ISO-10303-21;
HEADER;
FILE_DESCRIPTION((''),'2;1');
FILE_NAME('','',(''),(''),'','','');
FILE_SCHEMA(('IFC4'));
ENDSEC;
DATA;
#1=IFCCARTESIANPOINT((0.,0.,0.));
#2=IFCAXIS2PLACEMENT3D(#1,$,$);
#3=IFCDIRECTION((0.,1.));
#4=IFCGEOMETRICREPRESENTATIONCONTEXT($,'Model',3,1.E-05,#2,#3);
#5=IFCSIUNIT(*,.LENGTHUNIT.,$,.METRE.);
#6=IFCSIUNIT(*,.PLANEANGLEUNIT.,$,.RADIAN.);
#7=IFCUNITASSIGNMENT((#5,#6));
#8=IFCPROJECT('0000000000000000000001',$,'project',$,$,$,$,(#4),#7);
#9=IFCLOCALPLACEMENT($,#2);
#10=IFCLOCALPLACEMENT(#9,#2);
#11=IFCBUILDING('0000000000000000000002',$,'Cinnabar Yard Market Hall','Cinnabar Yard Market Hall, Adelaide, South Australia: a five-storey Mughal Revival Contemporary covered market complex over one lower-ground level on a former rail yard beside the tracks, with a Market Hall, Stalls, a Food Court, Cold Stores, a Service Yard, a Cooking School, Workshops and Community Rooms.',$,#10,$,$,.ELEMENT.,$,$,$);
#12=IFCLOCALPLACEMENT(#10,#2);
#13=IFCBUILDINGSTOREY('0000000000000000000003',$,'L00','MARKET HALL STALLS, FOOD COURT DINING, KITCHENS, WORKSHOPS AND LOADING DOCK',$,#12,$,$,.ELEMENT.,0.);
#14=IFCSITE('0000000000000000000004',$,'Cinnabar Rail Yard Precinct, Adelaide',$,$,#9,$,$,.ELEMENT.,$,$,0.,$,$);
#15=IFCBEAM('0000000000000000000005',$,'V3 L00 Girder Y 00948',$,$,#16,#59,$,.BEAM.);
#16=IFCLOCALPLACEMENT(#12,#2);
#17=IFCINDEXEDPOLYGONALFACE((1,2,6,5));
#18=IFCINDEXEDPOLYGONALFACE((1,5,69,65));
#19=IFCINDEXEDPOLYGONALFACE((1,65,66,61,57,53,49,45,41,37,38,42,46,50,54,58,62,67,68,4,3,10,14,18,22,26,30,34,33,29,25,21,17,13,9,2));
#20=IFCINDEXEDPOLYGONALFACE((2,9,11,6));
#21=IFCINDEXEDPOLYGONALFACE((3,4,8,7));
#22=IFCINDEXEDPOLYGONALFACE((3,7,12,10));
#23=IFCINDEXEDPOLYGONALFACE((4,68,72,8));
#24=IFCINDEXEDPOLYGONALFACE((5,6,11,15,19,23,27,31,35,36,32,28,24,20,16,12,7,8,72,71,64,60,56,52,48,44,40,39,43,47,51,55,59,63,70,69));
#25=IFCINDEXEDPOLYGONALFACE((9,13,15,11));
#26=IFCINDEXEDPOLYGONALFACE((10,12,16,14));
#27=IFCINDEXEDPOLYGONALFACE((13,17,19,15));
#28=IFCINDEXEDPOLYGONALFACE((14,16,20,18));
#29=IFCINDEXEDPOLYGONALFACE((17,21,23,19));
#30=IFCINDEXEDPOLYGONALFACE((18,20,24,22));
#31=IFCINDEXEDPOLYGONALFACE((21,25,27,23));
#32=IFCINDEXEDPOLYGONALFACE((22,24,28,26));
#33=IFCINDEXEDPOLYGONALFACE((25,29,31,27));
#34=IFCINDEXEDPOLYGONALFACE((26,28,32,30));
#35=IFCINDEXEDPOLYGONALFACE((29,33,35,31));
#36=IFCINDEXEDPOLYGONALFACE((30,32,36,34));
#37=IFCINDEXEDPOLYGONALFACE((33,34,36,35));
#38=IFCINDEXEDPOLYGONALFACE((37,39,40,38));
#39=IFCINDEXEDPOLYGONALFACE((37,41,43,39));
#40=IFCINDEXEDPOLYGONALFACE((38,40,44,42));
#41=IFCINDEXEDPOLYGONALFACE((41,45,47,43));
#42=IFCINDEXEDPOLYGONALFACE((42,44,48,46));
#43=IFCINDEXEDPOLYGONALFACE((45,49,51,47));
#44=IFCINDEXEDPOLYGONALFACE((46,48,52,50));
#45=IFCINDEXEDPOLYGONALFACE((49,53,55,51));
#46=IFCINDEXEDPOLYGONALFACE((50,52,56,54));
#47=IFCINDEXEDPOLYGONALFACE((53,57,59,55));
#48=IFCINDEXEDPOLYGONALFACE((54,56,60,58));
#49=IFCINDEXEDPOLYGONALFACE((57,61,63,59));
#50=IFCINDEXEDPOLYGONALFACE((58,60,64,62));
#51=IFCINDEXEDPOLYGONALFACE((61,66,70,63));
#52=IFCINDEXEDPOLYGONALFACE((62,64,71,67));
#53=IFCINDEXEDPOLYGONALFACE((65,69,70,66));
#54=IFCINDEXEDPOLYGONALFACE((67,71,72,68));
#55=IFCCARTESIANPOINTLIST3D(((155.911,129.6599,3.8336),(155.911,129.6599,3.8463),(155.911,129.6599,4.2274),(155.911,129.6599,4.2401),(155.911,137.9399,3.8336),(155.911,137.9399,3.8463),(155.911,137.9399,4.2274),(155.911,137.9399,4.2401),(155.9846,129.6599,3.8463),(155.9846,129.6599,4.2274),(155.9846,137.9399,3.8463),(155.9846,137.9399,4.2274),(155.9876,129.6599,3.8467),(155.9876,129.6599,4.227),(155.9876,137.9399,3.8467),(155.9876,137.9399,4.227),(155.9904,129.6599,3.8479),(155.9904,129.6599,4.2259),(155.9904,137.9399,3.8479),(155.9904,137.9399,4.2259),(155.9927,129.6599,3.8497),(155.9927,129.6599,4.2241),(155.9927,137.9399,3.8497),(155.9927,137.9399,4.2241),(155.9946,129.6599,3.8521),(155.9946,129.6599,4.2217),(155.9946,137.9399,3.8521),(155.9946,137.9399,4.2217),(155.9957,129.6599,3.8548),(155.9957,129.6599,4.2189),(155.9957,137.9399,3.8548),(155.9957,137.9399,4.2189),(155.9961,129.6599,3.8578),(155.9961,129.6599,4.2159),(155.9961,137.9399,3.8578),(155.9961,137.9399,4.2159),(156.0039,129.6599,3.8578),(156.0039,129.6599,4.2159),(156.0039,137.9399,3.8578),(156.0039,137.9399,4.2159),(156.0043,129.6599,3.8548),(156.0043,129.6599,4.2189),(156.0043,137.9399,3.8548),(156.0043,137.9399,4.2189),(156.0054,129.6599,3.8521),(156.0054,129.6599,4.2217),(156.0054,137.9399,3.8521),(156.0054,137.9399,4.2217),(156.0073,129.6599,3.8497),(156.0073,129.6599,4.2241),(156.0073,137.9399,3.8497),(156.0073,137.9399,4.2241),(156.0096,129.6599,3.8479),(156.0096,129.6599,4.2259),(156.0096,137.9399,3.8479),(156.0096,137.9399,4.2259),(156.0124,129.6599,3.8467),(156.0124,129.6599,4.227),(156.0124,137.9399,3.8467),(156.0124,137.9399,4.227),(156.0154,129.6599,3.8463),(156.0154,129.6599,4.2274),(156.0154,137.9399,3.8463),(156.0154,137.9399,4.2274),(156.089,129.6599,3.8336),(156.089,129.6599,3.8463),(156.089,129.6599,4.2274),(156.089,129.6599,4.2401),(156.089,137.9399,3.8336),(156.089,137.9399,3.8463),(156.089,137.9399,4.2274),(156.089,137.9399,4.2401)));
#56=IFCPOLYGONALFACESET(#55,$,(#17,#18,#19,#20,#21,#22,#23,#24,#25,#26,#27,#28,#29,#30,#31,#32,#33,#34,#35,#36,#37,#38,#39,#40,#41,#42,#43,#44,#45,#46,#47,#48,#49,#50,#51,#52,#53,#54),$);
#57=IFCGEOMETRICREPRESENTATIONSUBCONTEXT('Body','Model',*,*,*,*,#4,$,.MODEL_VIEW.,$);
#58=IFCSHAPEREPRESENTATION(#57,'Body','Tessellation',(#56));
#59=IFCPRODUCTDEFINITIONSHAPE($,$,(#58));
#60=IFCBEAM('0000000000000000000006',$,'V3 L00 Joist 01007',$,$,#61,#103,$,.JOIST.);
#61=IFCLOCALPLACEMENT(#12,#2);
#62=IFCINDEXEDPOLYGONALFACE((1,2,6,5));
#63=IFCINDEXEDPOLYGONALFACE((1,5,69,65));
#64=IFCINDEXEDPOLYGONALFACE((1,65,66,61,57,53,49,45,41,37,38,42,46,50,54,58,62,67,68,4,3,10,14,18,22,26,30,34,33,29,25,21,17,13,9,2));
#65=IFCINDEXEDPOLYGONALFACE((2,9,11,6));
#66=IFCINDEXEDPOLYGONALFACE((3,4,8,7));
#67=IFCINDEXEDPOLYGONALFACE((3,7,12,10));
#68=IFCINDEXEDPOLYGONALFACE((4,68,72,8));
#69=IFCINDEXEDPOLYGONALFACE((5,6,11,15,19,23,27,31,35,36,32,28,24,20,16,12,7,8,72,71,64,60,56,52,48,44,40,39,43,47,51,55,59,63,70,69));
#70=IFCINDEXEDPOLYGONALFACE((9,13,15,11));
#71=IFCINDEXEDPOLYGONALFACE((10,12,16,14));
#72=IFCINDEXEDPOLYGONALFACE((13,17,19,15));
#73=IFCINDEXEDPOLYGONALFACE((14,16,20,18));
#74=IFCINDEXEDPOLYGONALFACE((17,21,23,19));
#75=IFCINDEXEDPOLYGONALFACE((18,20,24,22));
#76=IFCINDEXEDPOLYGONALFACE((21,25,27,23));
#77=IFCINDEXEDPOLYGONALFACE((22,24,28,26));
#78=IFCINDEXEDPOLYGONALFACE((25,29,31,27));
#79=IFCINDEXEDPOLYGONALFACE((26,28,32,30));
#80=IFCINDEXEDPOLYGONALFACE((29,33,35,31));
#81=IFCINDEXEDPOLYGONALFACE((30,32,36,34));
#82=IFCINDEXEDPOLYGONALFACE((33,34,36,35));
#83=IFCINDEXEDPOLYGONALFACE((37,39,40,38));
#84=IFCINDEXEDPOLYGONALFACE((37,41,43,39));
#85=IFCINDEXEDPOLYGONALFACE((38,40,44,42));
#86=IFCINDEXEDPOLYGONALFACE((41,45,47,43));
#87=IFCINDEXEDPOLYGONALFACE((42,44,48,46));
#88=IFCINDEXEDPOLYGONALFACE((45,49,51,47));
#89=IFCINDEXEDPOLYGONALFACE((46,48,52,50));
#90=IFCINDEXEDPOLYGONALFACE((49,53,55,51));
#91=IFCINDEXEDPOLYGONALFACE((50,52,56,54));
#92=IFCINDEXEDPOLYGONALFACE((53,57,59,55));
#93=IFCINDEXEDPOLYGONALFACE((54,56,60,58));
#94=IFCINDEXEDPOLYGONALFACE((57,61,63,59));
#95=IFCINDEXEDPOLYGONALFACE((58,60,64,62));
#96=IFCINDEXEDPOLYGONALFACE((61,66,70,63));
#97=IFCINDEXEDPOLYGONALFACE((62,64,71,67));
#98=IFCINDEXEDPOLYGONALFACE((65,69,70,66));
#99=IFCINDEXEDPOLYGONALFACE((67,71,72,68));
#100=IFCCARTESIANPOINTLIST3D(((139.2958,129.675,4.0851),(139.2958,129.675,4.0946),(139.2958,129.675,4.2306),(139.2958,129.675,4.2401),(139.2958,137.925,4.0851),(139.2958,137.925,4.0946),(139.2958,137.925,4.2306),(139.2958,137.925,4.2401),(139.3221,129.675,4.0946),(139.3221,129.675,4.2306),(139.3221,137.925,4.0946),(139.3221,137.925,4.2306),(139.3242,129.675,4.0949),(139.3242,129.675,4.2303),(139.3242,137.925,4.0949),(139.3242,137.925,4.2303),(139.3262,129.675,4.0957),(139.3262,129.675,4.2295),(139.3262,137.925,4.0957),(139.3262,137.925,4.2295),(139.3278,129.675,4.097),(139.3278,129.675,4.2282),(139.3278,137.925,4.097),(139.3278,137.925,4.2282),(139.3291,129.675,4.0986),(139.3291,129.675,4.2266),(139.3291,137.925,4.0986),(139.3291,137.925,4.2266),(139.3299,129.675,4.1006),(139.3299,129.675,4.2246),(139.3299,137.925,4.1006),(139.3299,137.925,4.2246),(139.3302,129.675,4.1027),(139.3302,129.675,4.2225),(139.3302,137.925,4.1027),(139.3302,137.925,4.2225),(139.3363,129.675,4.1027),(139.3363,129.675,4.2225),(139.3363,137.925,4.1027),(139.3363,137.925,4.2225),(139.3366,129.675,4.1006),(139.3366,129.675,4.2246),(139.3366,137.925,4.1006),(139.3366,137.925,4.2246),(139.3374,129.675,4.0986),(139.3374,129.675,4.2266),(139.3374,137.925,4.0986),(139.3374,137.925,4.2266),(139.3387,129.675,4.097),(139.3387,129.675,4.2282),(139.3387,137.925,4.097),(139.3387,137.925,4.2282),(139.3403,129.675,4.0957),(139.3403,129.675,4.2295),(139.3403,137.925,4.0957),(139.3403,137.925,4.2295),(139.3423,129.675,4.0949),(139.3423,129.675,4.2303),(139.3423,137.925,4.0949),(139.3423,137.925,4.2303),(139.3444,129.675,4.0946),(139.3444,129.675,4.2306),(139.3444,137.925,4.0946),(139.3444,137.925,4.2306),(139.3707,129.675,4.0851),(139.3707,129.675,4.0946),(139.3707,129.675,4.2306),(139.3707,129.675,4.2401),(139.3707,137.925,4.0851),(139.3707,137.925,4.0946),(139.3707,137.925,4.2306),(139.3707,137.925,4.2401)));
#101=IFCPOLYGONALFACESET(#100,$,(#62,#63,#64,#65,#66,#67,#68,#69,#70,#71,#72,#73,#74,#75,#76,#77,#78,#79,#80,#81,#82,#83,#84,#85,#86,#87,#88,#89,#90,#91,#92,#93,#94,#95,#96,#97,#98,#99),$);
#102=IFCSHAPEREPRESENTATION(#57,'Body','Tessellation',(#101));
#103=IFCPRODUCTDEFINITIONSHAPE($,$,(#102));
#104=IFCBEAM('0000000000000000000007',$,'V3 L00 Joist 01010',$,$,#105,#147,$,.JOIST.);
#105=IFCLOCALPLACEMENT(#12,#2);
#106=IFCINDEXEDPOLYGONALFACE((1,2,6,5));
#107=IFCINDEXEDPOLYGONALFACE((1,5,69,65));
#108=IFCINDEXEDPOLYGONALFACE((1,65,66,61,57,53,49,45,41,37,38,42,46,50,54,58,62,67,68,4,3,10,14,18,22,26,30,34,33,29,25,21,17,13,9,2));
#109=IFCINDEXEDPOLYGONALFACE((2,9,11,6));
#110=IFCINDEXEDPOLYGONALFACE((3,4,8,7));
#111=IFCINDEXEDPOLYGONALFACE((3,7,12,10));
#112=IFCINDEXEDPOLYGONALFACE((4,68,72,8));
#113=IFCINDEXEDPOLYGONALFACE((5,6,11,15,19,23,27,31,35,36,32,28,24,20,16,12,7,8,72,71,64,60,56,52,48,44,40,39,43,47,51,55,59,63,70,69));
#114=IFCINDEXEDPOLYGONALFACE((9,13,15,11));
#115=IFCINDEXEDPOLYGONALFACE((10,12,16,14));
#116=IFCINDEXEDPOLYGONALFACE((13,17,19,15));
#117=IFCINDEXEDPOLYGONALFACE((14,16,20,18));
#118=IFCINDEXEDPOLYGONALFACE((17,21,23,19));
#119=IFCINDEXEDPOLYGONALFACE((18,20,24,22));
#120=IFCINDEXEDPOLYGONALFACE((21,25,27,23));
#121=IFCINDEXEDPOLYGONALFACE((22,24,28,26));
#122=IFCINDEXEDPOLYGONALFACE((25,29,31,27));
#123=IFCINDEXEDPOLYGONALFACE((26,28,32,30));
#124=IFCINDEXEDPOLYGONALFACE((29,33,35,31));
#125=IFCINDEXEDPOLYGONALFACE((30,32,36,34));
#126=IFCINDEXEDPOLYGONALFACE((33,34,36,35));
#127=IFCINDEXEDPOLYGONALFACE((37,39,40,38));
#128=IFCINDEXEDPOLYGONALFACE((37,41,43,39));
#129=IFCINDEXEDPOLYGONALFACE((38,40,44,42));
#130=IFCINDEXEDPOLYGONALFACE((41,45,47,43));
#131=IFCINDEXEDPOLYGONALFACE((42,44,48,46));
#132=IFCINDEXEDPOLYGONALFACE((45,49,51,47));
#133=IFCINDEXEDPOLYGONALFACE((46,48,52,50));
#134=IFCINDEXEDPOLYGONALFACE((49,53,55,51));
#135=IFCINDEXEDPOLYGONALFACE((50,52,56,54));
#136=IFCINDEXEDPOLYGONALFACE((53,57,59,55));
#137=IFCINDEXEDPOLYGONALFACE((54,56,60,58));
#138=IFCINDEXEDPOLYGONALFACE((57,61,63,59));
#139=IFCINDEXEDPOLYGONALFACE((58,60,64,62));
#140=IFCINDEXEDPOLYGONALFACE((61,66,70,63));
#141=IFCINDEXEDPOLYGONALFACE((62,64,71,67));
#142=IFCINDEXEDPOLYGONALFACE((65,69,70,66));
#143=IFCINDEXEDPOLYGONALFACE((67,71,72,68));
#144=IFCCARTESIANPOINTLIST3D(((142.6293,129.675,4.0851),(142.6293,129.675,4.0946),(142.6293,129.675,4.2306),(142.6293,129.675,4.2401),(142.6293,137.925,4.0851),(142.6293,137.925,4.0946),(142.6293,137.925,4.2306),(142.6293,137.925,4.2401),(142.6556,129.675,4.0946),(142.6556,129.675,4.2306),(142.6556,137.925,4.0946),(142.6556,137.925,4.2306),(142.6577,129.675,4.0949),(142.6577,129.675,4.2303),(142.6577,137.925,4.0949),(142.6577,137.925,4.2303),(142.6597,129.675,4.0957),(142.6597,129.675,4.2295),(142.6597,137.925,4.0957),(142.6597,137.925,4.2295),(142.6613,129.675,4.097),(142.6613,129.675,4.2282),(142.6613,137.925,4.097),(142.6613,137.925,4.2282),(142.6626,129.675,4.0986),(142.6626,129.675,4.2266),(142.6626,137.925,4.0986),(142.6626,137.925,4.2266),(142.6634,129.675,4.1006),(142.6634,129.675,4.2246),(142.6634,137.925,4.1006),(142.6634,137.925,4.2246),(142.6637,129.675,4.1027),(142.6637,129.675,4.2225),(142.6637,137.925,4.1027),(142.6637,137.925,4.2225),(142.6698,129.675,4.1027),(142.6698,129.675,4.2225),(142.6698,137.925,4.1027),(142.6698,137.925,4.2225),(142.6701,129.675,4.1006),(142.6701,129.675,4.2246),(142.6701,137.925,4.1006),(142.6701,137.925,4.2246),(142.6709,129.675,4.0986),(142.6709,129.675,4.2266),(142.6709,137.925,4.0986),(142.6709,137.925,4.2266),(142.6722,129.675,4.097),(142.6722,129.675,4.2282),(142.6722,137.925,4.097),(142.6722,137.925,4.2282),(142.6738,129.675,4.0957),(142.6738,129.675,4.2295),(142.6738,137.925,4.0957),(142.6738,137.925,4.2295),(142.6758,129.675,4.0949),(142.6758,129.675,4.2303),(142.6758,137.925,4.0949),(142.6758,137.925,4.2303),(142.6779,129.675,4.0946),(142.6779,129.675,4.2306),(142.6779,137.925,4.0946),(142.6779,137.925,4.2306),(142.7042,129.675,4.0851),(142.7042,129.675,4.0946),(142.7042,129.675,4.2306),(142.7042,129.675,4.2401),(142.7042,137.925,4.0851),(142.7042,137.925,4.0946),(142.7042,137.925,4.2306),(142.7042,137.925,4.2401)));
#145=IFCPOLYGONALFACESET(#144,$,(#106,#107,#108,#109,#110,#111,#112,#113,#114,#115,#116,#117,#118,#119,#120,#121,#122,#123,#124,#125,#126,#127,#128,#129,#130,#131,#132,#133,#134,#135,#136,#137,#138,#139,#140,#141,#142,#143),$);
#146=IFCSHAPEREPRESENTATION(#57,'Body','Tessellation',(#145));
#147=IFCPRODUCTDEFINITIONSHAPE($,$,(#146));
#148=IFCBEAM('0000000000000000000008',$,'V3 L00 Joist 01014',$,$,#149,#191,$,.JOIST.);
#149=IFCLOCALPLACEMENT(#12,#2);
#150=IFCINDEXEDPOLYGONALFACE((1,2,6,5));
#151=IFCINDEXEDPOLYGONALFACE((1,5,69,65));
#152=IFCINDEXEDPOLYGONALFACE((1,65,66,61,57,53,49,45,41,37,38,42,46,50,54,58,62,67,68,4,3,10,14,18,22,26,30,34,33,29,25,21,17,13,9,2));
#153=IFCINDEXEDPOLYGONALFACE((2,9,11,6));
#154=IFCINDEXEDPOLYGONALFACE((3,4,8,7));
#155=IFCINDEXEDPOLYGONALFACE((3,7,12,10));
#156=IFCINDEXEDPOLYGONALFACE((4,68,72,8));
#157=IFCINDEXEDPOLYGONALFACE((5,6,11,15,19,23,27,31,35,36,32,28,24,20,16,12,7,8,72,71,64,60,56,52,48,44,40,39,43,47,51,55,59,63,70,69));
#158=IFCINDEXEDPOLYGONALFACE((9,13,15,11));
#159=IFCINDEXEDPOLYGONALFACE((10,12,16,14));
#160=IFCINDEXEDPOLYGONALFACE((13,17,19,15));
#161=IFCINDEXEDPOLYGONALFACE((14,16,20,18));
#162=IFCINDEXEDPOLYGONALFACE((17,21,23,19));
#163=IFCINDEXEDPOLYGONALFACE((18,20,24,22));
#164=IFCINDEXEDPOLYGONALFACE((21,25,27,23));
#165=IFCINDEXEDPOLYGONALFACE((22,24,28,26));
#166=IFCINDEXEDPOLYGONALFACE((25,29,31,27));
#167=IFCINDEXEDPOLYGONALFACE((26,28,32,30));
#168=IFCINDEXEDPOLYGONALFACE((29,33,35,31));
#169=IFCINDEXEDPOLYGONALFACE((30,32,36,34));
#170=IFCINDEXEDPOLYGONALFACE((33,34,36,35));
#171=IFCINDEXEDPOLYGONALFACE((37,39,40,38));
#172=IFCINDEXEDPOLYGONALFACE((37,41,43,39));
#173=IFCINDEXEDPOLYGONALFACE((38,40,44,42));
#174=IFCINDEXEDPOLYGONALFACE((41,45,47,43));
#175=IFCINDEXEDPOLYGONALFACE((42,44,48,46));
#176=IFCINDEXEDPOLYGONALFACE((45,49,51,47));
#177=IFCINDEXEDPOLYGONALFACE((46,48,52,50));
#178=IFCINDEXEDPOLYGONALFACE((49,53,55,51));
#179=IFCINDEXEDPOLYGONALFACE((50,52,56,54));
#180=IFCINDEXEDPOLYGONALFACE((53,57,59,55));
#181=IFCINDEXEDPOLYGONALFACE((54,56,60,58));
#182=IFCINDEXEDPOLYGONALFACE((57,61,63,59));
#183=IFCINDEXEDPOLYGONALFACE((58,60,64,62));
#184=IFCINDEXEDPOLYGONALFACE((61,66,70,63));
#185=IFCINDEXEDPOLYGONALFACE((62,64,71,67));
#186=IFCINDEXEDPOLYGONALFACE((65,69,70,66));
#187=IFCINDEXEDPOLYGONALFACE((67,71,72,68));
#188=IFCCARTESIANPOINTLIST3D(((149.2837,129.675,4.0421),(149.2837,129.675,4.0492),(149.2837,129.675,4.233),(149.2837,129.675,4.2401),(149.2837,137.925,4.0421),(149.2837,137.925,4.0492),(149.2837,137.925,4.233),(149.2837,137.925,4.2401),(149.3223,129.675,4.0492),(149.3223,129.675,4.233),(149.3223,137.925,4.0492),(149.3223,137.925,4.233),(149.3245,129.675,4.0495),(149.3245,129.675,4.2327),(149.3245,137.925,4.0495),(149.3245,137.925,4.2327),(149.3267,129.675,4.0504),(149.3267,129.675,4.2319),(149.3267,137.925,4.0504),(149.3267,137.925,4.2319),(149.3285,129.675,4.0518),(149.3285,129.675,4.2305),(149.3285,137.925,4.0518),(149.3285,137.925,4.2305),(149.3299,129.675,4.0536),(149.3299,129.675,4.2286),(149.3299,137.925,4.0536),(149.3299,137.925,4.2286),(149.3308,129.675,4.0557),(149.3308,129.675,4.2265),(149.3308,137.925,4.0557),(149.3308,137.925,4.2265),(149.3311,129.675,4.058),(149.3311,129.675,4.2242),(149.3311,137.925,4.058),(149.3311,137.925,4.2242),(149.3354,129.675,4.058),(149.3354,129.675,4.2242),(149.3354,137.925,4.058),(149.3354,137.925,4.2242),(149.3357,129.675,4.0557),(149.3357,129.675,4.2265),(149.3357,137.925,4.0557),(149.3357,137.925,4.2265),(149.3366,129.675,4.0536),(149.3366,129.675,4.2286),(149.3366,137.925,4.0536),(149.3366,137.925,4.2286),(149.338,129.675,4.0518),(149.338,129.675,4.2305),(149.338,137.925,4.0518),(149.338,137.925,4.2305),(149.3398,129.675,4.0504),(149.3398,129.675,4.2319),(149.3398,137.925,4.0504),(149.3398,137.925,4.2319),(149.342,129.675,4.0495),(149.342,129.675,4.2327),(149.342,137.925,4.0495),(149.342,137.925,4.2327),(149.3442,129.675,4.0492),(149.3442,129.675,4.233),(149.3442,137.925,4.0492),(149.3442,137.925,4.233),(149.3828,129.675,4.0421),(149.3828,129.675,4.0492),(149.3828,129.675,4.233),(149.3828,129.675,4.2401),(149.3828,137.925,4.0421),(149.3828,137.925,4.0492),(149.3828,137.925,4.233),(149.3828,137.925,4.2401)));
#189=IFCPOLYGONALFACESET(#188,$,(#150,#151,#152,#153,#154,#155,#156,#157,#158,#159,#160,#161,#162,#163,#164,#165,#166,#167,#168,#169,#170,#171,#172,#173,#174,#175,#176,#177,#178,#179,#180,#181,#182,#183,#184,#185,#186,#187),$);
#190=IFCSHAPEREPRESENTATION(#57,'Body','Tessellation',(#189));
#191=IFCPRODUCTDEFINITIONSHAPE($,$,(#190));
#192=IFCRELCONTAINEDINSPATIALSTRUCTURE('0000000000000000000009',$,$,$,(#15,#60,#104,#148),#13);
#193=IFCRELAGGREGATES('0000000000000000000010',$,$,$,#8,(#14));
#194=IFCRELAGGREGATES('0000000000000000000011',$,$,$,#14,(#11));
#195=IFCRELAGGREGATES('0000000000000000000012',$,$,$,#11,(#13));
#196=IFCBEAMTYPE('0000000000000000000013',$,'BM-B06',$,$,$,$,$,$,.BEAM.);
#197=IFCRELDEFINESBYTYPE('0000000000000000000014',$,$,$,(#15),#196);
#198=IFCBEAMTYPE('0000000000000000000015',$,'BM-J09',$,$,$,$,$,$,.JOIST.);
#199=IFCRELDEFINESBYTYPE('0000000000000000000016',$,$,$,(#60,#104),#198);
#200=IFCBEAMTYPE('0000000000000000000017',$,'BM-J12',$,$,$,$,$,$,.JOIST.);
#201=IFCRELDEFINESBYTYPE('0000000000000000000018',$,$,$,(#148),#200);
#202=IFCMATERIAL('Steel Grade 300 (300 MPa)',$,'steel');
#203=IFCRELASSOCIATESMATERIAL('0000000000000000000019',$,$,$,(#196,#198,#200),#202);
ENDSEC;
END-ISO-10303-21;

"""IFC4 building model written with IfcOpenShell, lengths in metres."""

from ifc_helpers import new_model, si_unit, direction, frame, origin, origin_2d_with_axis, place, context, subcontext, project, spatial, i_section, extrude, material, material_profile, profile_set, type_object, element, save


model = new_model("IFC4")

# Units and contexts
model_context = context("Model", 3, precision=1e-05, world=origin(), true_north=direction((0.0, 1.0)))
body_context = subcontext(model_context, "Body", "Model", "MODEL_VIEW")
ifc_project = project(units=[si_unit("LENGTHUNIT", "METRE"), si_unit("PLANEANGLEUNIT", "RADIAN")], contexts=[model_context])

# Site, building, storey
site_placement = place(None, origin())
site = spatial("IfcSite", under=ifc_project, at=site_placement, Name="Cinnabar Rail Yard Precinct, Adelaide", CompositionType="ELEMENT", RefElevation=0.0)
building_placement = place(site_placement, origin())
building = spatial("IfcBuilding", under=site, at=building_placement, Name="Cinnabar Yard Market Hall", Description="Cinnabar Yard Market Hall, Adelaide, South Australia: a five-storey Mughal Revival Contemporary covered market complex over one lower-ground level on a former rail yard beside the tracks, with a Market Hall, Stalls, a Food Court, Cold Stores, a Service Yard, a Cooking School, Workshops and Community Rooms.", CompositionType="ELEMENT")
storey_placement = place(building_placement, origin())
storey = spatial("IfcBuildingStorey", under=building, at=storey_placement, Name="L00", Description="MARKET HALL STALLS, FOOD COURT DINING, KITCHENS, WORKSHOPS AND LOADING DOCK", CompositionType="ELEMENT", Elevation=0.0)

# Shared definitions
ifc_material_1 = material(Name="Steel Grade 300 (300 MPa)", Category="steel")

# Beams
ifc_material_profile_1 = material_profile(ifc_material_1, i_section(OverallWidth=0.178, OverallDepth=0.4065, WebThickness=0.0078, FlangeThickness=0.0127, FilletRadius=0.0115, at=origin_2d_with_axis()), Name="410UB59.7")
ifc_profile_set_1 = profile_set([ifc_material_profile_1], Name="Steel Grade 300 (300 MPa)")
beam_type_1 = type_object("IfcBeamType", Name="BM-B06", PredefinedType="BEAM", material=ifc_profile_set_1)
for number, where, z_axis, x_axis, name in (
    (1, (156.0, 129.6599, 4.0369), (0.0, 1.0, 0.0), (-1.0, 0.0, 0.0), "V3 L00 Girder Y 00948"),
):
    element("IfcBeam", number, at=place(storey_placement, frame(where, z_axis=z_axis, x_axis=x_axis)), inside=storey, type_object=beam_type_1, Name=name, PredefinedType="BEAM", context=body_context, shape_type="SweptSolid", body=[
        extrude(i_section(OverallWidth=0.178, OverallDepth=0.4065, WebThickness=0.0078, FlangeThickness=0.0127, FilletRadius=0.0115, at=origin_2d_with_axis()), origin(), (0.0, 0.0, 1.0), 8.28),
    ])
ifc_material_profile_2 = material_profile(ifc_material_1, i_section(OverallWidth=0.075, OverallDepth=0.155, WebThickness=0.0061, FlangeThickness=0.0095, FilletRadius=0.0081, at=origin_2d_with_axis()), Name="150UB18.0")
ifc_profile_set_2 = profile_set([ifc_material_profile_2], Name="Steel Grade 300 (300 MPa)")
beam_type_2 = type_object("IfcBeamType", Name="BM-J09", PredefinedType="JOIST", material=ifc_profile_set_2)
for number, where, z_axis, x_axis, name in (
    (2, (139.3333, 129.675, 4.1626), (0.0, 1.0, 0.0), (-1.0, 0.0, 0.0), "V3 L00 Joist 01007"),
    (3, (142.6667, 129.675, 4.1626), (0.0, 1.0, 0.0), (-1.0, 0.0, 0.0), "V3 L00 Joist 01010"),
):
    element("IfcBeam", number, at=place(storey_placement, frame(where, z_axis=z_axis, x_axis=x_axis)), inside=storey, type_object=beam_type_2, Name=name, PredefinedType="JOIST", context=body_context, shape_type="SweptSolid", body=[
        extrude(i_section(OverallWidth=0.075, OverallDepth=0.155, WebThickness=0.0061, FlangeThickness=0.0095, FilletRadius=0.0081, at=origin_2d_with_axis()), origin(), (0.0, 0.0, 1.0), 8.25),
    ])
ifc_material_profile_3 = material_profile(ifc_material_1, i_section(OverallWidth=0.0991, OverallDepth=0.198, WebThickness=0.0044, FlangeThickness=0.0071, FilletRadius=0.0088, at=origin_2d_with_axis()), Name="200UB18.2")
ifc_profile_set_3 = profile_set([ifc_material_profile_3], Name="Steel Grade 300 (300 MPa)")
beam_type_3 = type_object("IfcBeamType", Name="BM-J12", PredefinedType="JOIST", material=ifc_profile_set_3)
for number, where, z_axis, x_axis, name in (
    (4, (149.3333, 129.675, 4.1411), (0.0, 1.0, 0.0), (-1.0, 0.0, 0.0), "V3 L00 Joist 01014"),
):
    element("IfcBeam", number, at=place(storey_placement, frame(where, z_axis=z_axis, x_axis=x_axis)), inside=storey, type_object=beam_type_3, Name=name, PredefinedType="JOIST", context=body_context, shape_type="SweptSolid", body=[
        extrude(i_section(OverallWidth=0.0991, OverallDepth=0.198, WebThickness=0.0044, FlangeThickness=0.0071, FilletRadius=0.0088, at=origin_2d_with_axis()), origin(), (0.0, 0.0, 1.0), 8.25),
    ])

save(model, "model.ifc")
